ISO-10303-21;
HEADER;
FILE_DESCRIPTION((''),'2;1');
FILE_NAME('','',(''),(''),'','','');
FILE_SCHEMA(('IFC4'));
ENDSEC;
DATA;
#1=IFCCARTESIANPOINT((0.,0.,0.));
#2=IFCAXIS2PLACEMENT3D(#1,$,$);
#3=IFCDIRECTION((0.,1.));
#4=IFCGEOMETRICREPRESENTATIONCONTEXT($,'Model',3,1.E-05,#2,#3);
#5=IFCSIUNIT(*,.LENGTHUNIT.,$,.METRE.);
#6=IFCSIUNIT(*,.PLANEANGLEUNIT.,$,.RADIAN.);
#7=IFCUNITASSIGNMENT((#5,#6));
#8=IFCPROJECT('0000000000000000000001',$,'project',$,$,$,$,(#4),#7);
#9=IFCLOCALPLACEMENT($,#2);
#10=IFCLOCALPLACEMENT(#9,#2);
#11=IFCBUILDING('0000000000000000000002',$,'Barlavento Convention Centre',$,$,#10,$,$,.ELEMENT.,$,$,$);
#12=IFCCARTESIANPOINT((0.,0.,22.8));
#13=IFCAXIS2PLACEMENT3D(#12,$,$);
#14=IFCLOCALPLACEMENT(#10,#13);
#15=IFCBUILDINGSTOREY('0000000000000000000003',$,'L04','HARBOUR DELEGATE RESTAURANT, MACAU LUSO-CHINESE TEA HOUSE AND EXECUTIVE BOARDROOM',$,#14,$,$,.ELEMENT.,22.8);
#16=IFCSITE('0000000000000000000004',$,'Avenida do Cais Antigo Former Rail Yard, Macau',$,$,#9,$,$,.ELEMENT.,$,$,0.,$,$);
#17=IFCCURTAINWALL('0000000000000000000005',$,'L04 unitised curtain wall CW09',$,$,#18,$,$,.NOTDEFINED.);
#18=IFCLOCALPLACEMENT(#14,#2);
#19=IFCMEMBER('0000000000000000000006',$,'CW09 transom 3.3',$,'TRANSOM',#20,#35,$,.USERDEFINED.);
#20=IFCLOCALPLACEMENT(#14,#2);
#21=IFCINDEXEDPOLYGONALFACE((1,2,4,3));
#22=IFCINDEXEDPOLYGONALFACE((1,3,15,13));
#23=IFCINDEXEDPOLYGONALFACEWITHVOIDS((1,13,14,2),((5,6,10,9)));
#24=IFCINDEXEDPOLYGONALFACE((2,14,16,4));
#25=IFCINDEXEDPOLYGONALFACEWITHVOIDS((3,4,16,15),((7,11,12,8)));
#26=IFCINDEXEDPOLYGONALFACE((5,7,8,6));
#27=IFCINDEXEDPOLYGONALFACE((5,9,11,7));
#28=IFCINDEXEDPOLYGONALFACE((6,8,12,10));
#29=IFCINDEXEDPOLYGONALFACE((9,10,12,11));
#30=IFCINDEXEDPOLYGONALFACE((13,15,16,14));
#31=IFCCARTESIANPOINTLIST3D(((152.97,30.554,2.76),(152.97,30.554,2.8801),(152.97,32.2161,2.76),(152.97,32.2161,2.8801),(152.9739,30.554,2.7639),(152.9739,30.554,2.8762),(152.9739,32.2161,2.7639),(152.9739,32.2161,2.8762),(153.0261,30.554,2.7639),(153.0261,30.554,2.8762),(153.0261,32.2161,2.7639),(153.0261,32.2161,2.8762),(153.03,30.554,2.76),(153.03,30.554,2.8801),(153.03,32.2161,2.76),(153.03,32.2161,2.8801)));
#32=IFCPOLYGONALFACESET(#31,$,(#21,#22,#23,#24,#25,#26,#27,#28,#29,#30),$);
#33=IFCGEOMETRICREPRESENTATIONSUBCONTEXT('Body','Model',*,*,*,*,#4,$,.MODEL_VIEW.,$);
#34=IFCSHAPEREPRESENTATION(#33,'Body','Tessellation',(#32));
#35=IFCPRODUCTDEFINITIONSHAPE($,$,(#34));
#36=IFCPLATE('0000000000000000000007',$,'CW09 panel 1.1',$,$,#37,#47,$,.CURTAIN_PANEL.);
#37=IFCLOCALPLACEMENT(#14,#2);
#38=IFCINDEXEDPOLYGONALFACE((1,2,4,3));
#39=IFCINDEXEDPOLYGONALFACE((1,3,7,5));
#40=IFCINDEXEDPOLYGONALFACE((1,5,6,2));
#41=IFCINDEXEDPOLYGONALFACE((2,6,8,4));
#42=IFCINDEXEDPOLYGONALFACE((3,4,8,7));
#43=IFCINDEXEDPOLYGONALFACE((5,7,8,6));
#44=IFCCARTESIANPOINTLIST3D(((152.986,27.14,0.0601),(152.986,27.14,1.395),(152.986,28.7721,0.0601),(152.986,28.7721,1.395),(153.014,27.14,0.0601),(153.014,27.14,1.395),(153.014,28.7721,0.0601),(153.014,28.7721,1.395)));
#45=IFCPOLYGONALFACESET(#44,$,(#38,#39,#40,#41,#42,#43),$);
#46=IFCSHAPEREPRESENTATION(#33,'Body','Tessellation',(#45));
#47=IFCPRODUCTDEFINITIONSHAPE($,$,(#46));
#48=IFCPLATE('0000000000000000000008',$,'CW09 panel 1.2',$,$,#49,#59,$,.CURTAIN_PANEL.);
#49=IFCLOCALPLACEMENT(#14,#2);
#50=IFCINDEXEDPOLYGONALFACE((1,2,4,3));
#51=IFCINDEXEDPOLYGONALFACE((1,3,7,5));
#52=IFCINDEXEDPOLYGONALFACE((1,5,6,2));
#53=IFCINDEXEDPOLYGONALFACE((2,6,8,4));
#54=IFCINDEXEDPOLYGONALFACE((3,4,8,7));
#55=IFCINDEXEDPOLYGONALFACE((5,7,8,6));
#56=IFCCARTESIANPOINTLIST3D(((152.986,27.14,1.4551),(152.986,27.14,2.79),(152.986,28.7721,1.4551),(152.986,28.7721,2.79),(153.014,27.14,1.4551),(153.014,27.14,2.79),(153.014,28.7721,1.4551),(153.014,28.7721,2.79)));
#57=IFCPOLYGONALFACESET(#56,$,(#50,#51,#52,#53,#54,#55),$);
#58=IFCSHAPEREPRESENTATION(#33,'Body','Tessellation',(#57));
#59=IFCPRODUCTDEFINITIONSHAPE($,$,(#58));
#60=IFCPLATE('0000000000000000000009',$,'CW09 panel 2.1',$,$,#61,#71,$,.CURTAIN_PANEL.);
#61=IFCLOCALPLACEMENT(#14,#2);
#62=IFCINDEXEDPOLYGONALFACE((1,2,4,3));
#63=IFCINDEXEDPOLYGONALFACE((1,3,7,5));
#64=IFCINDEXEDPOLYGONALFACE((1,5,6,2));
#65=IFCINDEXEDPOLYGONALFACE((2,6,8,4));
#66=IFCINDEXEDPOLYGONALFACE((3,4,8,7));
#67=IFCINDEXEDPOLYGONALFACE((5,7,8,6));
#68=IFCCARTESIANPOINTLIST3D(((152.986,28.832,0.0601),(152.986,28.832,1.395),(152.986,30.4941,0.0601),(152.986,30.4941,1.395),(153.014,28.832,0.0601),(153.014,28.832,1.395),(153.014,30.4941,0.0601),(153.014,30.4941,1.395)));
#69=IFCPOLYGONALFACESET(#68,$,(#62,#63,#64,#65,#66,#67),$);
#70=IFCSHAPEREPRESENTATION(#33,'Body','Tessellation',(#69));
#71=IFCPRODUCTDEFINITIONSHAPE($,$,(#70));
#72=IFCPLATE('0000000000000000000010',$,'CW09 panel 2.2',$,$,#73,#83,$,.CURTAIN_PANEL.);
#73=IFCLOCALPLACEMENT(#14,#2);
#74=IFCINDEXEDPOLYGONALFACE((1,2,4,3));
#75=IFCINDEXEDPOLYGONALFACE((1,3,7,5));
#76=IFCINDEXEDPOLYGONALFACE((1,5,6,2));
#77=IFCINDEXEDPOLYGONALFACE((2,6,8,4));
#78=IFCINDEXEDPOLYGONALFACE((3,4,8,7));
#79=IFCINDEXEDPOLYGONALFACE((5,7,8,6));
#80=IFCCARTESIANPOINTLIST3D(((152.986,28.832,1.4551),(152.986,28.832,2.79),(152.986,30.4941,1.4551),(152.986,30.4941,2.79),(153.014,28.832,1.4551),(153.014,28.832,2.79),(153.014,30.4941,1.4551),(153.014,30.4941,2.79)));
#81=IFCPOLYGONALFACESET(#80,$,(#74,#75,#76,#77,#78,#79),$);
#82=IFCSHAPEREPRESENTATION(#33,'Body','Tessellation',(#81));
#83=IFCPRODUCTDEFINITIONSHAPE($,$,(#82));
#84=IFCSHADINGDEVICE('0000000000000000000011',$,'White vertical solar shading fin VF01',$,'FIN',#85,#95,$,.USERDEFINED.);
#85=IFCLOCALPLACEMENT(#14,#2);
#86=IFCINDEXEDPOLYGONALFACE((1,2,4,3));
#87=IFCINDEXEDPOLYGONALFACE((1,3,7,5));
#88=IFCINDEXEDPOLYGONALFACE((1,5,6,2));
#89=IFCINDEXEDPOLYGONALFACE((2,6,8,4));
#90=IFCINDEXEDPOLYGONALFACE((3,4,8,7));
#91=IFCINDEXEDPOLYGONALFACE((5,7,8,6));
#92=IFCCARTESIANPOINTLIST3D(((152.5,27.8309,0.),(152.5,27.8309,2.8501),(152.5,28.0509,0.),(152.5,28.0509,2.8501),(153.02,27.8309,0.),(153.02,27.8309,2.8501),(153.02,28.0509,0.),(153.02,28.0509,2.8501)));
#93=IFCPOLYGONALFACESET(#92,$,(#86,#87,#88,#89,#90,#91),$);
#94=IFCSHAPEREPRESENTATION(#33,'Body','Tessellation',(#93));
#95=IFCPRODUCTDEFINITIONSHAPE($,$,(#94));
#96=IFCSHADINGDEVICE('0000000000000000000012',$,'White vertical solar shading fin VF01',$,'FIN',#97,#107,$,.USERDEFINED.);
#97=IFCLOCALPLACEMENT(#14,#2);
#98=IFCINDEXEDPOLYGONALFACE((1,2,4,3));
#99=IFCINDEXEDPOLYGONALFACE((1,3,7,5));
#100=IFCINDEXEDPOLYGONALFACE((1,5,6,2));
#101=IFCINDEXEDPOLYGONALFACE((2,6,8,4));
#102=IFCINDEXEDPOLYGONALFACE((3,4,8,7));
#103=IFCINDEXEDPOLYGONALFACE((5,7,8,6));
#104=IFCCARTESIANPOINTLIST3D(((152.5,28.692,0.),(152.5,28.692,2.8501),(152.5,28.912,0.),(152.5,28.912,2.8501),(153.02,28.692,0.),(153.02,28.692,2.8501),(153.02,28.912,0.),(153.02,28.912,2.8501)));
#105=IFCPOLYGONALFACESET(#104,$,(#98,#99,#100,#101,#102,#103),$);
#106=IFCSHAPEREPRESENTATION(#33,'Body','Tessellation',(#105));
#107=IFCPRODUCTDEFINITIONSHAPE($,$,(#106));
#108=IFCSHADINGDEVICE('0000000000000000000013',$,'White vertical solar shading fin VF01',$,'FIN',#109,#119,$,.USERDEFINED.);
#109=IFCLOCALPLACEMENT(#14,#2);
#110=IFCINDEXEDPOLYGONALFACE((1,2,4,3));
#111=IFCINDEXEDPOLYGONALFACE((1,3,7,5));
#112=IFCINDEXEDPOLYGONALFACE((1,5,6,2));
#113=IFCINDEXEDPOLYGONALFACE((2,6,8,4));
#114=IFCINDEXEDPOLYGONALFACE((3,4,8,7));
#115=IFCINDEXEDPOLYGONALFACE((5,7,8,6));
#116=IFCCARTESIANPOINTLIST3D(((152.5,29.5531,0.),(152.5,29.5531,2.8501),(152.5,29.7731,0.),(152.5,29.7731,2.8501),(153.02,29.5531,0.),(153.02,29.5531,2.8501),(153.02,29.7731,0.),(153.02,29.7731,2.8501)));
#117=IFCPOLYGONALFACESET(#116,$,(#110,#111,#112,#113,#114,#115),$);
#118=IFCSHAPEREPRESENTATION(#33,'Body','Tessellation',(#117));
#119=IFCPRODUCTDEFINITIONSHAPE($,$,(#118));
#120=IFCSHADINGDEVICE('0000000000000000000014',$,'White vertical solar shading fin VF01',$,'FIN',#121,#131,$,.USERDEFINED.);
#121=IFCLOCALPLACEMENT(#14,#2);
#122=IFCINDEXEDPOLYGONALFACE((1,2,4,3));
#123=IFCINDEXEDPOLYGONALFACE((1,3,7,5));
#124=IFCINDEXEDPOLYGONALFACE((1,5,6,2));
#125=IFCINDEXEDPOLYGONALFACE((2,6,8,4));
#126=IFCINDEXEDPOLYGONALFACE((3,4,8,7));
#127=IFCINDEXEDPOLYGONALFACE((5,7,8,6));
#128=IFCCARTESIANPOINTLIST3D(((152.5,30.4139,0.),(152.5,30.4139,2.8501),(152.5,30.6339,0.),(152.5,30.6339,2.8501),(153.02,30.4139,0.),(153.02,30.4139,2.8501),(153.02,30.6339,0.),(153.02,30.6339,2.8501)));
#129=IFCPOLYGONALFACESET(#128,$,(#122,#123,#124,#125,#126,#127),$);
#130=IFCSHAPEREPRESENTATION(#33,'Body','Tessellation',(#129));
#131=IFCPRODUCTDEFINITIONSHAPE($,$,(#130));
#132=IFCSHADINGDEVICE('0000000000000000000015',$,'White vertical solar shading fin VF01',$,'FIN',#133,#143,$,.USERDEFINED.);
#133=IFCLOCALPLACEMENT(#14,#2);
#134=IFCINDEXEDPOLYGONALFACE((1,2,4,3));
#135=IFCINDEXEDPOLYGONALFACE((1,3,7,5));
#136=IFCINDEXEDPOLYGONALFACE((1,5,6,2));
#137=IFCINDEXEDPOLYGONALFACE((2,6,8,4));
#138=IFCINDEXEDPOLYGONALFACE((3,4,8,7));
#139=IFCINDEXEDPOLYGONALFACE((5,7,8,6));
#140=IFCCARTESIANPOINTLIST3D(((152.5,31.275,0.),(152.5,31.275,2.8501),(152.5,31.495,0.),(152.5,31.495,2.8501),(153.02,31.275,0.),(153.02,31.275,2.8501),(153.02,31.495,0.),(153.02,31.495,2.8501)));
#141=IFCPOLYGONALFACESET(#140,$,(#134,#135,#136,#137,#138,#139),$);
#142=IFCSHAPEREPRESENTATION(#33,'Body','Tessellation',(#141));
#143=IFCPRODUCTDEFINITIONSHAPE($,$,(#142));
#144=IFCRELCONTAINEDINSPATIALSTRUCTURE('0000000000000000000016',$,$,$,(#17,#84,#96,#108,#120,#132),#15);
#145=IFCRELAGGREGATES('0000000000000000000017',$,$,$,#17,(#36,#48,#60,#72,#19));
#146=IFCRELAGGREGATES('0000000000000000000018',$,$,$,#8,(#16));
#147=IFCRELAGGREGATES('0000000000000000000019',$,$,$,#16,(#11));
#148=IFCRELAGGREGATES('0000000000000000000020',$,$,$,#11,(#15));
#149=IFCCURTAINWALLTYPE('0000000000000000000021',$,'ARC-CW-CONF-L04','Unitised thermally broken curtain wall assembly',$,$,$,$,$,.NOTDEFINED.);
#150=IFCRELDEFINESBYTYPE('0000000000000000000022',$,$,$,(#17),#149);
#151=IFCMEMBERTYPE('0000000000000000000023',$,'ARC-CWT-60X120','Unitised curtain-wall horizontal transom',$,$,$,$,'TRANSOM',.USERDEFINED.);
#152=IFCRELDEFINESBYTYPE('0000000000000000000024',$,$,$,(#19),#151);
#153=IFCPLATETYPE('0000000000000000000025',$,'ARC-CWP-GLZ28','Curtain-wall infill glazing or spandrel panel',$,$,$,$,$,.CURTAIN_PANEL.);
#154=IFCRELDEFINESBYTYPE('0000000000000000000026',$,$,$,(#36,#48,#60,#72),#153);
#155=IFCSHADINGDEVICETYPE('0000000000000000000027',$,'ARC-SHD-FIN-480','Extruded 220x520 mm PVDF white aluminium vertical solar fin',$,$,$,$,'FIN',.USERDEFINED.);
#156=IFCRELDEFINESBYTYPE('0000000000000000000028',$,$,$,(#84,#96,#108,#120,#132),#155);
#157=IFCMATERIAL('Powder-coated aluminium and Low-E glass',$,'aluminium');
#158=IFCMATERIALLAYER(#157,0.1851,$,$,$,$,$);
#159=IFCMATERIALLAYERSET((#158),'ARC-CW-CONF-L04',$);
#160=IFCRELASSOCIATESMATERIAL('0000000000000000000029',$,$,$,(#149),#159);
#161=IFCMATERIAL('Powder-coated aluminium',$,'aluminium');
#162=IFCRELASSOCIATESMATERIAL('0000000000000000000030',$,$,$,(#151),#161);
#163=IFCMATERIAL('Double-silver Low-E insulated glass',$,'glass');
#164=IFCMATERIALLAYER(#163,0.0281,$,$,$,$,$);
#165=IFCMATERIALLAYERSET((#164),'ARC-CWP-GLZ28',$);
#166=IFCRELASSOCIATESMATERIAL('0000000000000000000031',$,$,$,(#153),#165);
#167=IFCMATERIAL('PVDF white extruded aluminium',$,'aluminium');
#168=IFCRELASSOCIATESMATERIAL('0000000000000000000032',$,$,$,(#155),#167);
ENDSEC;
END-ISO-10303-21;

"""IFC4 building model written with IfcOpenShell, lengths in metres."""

from ifc_helpers import new_model, si_unit, direction, frame, origin, origin_2d, place, context, subcontext, project, spatial, rectangle, hollow_rectangle, extrude, material, layer, layer_set, material_profile, profile_set, type_object, element, aggregate, save


model = new_model("IFC4")

# Units and contexts
model_context = context("Model", 3, precision=1e-05, world=origin(), true_north=direction((0.0, 1.0)))
body_context = subcontext(model_context, "Body", "Model", "MODEL_VIEW")
ifc_project = project(units=[si_unit("LENGTHUNIT", "METRE"), si_unit("PLANEANGLEUNIT", "RADIAN")], contexts=[model_context])

# Site, building, storey
site_placement = place(None, origin())
site = spatial("IfcSite", under=ifc_project, at=site_placement, Name="Avenida do Cais Antigo Former Rail Yard, Macau", CompositionType="ELEMENT", RefElevation=0.0)
building_placement = place(site_placement, origin())
building = spatial("IfcBuilding", under=site, at=building_placement, Name="Barlavento Convention Centre", CompositionType="ELEMENT")
storey_placement = place(building_placement, frame((0.0, 0.0, 22.8)))
storey = spatial("IfcBuildingStorey", under=building, at=storey_placement, Name="L04", Description="HARBOUR DELEGATE RESTAURANT, MACAU LUSO-CHINESE TEA HOUSE AND EXECUTIVE BOARDROOM", CompositionType="ELEMENT", Elevation=22.8)

# Curtain wall, member, plates
ifc_material_1 = material(Name="Powder-coated aluminium and Low-E glass", Category="aluminium")
ifc_layer_1 = layer(ifc_material_1, 0.1851)
ifc_layer_set_1 = layer_set([ifc_layer_1], Name="ARC-CW-CONF-L04")
curtain_wall_type = type_object("IfcCurtainWallType", Name="ARC-CW-CONF-L04", Description="Unitised thermally broken curtain wall assembly", PredefinedType="NOTDEFINED", material=ifc_layer_set_1)
curtain_wall_placement = place(storey_placement, origin())
curtain_wall = element("IfcCurtainWall", 1, at=curtain_wall_placement, inside=storey, type_object=curtain_wall_type, Name="L04 unitised curtain wall CW09", PredefinedType="NOTDEFINED")
ifc_material_2 = material(Name="Powder-coated aluminium", Category="aluminium")
ifc_material_profile_1 = material_profile(ifc_material_2, hollow_rectangle(XDim=0.0601, YDim=0.1201, WallThickness=0.0039, at=origin_2d()), Name="AL-TRAN 60x120x4")
ifc_profile_set_1 = profile_set([ifc_material_profile_1], Name="Powder-coated aluminium")
member_type_1 = type_object("IfcMemberType", Name="ARC-CWT-60X120", Description="Unitised curtain-wall horizontal transom", ElementType="TRANSOM", PredefinedType="USERDEFINED", material=ifc_profile_set_1)
member_1_placement = place(storey_placement, frame((153.0, 30.554, 2.8201), z_axis=(0.0, 1.0, 0.0), x_axis=(-1.0, 0.0, 0.0)))
member_1 = element("IfcMember", 2, at=member_1_placement, type_object=member_type_1, Name="CW09 transom 3.3", ObjectType="TRANSOM", PredefinedType="USERDEFINED", context=body_context, shape_type="SweptSolid", body=[
    extrude(hollow_rectangle(XDim=0.0601, YDim=0.1201, WallThickness=0.0039, at=origin_2d()), origin(), (0.0, 0.0, 1.0), 1.6621),
])
ifc_material_3 = material(Name="Double-silver Low-E insulated glass", Category="glass")
ifc_layer_2 = layer(ifc_material_3, 0.0281)
ifc_layer_set_2 = layer_set([ifc_layer_2], Name="ARC-CWP-GLZ28")
plate_type = type_object("IfcPlateType", Name="ARC-CWP-GLZ28", Description="Curtain-wall infill glazing or spandrel panel", PredefinedType="CURTAIN_PANEL", material=ifc_layer_set_2)
plate_1_placement = place(storey_placement, frame((153.0, 27.9561, 0.0601), z_axis=(0.0, 0.0, 1.0), x_axis=(0.0, 1.0, 0.0)))
plate_1 = element("IfcPlate", 3, at=plate_1_placement, type_object=plate_type, Name="CW09 panel 1.1", PredefinedType="CURTAIN_PANEL", context=body_context, shape_type="SweptSolid", body=[
    extrude(rectangle(XDim=1.6321, YDim=0.0281, at=origin_2d()), origin(), (0.0, 0.0, 1.0), 1.335),
])
plate_2_placement = place(storey_placement, frame((153.0, 27.9561, 1.4551), z_axis=(0.0, 0.0, 1.0), x_axis=(0.0, 1.0, 0.0)))
plate_2 = element("IfcPlate", 4, at=plate_2_placement, type_object=plate_type, Name="CW09 panel 1.2", PredefinedType="CURTAIN_PANEL", context=body_context, shape_type="SweptSolid", body=[
    extrude(rectangle(XDim=1.6321, YDim=0.0281, at=origin_2d()), origin(), (0.0, 0.0, 1.0), 1.335),
])
plate_3_placement = place(storey_placement, frame((153.0, 29.6631, 0.0601), z_axis=(0.0, 0.0, 1.0), x_axis=(0.0, 1.0, 0.0)))
plate_3 = element("IfcPlate", 5, at=plate_3_placement, type_object=plate_type, Name="CW09 panel 2.1", PredefinedType="CURTAIN_PANEL", context=body_context, shape_type="SweptSolid", body=[
    extrude(rectangle(XDim=1.6621, YDim=0.0281, at=origin_2d()), origin(), (0.0, 0.0, 1.0), 1.335),
])
plate_4_placement = place(storey_placement, frame((153.0, 29.6631, 1.4551), z_axis=(0.0, 0.0, 1.0), x_axis=(0.0, 1.0, 0.0)))
plate_4 = element("IfcPlate", 6, at=plate_4_placement, type_object=plate_type, Name="CW09 panel 2.2", PredefinedType="CURTAIN_PANEL", context=body_context, shape_type="SweptSolid", body=[
    extrude(rectangle(XDim=1.6621, YDim=0.0281, at=origin_2d()), origin(), (0.0, 0.0, 1.0), 1.335),
])
aggregate(curtain_wall, [plate_1, plate_2, plate_3, plate_4, member_1])

# Shading devices
ifc_material_4 = material(Name="PVDF white extruded aluminium", Category="aluminium")
shading_device_type = type_object("IfcShadingDeviceType", Name="ARC-SHD-FIN-480", Description="Extruded 220x520 mm PVDF white aluminium vertical solar fin", ElementType="FIN", PredefinedType="USERDEFINED", material=ifc_material_4)
for number, where, z_axis, x_axis, name in (
    (7, (152.76, 27.9409, 0.0), (0.0, 0.0, 1.0), (0.0, 1.0, 0.0), "White vertical solar shading fin VF01"),
    (8, (152.76, 28.802, 0.0), (0.0, 0.0, 1.0), (0.0, 1.0, 0.0), "White vertical solar shading fin VF01"),
    (9, (152.76, 29.6631, 0.0), (0.0, 0.0, 1.0), (0.0, 1.0, 0.0), "White vertical solar shading fin VF01"),
    (10, (152.76, 30.5239, 0.0), (0.0, 0.0, 1.0), (0.0, 1.0, 0.0), "White vertical solar shading fin VF01"),
    (11, (152.76, 31.385, 0.0), (0.0, 0.0, 1.0), (0.0, 1.0, 0.0), "White vertical solar shading fin VF01"),
):
    element("IfcShadingDevice", number, at=place(storey_placement, frame(where, z_axis=z_axis, x_axis=x_axis)), inside=storey, type_object=shading_device_type, Name=name, ObjectType="FIN", PredefinedType="USERDEFINED", context=body_context, shape_type="SweptSolid", body=[
        extrude(rectangle(XDim=0.22, YDim=0.52, at=origin_2d()), origin(), (0.0, 0.0, 1.0), 2.8501),
    ])

save(model, "model.ifc")
